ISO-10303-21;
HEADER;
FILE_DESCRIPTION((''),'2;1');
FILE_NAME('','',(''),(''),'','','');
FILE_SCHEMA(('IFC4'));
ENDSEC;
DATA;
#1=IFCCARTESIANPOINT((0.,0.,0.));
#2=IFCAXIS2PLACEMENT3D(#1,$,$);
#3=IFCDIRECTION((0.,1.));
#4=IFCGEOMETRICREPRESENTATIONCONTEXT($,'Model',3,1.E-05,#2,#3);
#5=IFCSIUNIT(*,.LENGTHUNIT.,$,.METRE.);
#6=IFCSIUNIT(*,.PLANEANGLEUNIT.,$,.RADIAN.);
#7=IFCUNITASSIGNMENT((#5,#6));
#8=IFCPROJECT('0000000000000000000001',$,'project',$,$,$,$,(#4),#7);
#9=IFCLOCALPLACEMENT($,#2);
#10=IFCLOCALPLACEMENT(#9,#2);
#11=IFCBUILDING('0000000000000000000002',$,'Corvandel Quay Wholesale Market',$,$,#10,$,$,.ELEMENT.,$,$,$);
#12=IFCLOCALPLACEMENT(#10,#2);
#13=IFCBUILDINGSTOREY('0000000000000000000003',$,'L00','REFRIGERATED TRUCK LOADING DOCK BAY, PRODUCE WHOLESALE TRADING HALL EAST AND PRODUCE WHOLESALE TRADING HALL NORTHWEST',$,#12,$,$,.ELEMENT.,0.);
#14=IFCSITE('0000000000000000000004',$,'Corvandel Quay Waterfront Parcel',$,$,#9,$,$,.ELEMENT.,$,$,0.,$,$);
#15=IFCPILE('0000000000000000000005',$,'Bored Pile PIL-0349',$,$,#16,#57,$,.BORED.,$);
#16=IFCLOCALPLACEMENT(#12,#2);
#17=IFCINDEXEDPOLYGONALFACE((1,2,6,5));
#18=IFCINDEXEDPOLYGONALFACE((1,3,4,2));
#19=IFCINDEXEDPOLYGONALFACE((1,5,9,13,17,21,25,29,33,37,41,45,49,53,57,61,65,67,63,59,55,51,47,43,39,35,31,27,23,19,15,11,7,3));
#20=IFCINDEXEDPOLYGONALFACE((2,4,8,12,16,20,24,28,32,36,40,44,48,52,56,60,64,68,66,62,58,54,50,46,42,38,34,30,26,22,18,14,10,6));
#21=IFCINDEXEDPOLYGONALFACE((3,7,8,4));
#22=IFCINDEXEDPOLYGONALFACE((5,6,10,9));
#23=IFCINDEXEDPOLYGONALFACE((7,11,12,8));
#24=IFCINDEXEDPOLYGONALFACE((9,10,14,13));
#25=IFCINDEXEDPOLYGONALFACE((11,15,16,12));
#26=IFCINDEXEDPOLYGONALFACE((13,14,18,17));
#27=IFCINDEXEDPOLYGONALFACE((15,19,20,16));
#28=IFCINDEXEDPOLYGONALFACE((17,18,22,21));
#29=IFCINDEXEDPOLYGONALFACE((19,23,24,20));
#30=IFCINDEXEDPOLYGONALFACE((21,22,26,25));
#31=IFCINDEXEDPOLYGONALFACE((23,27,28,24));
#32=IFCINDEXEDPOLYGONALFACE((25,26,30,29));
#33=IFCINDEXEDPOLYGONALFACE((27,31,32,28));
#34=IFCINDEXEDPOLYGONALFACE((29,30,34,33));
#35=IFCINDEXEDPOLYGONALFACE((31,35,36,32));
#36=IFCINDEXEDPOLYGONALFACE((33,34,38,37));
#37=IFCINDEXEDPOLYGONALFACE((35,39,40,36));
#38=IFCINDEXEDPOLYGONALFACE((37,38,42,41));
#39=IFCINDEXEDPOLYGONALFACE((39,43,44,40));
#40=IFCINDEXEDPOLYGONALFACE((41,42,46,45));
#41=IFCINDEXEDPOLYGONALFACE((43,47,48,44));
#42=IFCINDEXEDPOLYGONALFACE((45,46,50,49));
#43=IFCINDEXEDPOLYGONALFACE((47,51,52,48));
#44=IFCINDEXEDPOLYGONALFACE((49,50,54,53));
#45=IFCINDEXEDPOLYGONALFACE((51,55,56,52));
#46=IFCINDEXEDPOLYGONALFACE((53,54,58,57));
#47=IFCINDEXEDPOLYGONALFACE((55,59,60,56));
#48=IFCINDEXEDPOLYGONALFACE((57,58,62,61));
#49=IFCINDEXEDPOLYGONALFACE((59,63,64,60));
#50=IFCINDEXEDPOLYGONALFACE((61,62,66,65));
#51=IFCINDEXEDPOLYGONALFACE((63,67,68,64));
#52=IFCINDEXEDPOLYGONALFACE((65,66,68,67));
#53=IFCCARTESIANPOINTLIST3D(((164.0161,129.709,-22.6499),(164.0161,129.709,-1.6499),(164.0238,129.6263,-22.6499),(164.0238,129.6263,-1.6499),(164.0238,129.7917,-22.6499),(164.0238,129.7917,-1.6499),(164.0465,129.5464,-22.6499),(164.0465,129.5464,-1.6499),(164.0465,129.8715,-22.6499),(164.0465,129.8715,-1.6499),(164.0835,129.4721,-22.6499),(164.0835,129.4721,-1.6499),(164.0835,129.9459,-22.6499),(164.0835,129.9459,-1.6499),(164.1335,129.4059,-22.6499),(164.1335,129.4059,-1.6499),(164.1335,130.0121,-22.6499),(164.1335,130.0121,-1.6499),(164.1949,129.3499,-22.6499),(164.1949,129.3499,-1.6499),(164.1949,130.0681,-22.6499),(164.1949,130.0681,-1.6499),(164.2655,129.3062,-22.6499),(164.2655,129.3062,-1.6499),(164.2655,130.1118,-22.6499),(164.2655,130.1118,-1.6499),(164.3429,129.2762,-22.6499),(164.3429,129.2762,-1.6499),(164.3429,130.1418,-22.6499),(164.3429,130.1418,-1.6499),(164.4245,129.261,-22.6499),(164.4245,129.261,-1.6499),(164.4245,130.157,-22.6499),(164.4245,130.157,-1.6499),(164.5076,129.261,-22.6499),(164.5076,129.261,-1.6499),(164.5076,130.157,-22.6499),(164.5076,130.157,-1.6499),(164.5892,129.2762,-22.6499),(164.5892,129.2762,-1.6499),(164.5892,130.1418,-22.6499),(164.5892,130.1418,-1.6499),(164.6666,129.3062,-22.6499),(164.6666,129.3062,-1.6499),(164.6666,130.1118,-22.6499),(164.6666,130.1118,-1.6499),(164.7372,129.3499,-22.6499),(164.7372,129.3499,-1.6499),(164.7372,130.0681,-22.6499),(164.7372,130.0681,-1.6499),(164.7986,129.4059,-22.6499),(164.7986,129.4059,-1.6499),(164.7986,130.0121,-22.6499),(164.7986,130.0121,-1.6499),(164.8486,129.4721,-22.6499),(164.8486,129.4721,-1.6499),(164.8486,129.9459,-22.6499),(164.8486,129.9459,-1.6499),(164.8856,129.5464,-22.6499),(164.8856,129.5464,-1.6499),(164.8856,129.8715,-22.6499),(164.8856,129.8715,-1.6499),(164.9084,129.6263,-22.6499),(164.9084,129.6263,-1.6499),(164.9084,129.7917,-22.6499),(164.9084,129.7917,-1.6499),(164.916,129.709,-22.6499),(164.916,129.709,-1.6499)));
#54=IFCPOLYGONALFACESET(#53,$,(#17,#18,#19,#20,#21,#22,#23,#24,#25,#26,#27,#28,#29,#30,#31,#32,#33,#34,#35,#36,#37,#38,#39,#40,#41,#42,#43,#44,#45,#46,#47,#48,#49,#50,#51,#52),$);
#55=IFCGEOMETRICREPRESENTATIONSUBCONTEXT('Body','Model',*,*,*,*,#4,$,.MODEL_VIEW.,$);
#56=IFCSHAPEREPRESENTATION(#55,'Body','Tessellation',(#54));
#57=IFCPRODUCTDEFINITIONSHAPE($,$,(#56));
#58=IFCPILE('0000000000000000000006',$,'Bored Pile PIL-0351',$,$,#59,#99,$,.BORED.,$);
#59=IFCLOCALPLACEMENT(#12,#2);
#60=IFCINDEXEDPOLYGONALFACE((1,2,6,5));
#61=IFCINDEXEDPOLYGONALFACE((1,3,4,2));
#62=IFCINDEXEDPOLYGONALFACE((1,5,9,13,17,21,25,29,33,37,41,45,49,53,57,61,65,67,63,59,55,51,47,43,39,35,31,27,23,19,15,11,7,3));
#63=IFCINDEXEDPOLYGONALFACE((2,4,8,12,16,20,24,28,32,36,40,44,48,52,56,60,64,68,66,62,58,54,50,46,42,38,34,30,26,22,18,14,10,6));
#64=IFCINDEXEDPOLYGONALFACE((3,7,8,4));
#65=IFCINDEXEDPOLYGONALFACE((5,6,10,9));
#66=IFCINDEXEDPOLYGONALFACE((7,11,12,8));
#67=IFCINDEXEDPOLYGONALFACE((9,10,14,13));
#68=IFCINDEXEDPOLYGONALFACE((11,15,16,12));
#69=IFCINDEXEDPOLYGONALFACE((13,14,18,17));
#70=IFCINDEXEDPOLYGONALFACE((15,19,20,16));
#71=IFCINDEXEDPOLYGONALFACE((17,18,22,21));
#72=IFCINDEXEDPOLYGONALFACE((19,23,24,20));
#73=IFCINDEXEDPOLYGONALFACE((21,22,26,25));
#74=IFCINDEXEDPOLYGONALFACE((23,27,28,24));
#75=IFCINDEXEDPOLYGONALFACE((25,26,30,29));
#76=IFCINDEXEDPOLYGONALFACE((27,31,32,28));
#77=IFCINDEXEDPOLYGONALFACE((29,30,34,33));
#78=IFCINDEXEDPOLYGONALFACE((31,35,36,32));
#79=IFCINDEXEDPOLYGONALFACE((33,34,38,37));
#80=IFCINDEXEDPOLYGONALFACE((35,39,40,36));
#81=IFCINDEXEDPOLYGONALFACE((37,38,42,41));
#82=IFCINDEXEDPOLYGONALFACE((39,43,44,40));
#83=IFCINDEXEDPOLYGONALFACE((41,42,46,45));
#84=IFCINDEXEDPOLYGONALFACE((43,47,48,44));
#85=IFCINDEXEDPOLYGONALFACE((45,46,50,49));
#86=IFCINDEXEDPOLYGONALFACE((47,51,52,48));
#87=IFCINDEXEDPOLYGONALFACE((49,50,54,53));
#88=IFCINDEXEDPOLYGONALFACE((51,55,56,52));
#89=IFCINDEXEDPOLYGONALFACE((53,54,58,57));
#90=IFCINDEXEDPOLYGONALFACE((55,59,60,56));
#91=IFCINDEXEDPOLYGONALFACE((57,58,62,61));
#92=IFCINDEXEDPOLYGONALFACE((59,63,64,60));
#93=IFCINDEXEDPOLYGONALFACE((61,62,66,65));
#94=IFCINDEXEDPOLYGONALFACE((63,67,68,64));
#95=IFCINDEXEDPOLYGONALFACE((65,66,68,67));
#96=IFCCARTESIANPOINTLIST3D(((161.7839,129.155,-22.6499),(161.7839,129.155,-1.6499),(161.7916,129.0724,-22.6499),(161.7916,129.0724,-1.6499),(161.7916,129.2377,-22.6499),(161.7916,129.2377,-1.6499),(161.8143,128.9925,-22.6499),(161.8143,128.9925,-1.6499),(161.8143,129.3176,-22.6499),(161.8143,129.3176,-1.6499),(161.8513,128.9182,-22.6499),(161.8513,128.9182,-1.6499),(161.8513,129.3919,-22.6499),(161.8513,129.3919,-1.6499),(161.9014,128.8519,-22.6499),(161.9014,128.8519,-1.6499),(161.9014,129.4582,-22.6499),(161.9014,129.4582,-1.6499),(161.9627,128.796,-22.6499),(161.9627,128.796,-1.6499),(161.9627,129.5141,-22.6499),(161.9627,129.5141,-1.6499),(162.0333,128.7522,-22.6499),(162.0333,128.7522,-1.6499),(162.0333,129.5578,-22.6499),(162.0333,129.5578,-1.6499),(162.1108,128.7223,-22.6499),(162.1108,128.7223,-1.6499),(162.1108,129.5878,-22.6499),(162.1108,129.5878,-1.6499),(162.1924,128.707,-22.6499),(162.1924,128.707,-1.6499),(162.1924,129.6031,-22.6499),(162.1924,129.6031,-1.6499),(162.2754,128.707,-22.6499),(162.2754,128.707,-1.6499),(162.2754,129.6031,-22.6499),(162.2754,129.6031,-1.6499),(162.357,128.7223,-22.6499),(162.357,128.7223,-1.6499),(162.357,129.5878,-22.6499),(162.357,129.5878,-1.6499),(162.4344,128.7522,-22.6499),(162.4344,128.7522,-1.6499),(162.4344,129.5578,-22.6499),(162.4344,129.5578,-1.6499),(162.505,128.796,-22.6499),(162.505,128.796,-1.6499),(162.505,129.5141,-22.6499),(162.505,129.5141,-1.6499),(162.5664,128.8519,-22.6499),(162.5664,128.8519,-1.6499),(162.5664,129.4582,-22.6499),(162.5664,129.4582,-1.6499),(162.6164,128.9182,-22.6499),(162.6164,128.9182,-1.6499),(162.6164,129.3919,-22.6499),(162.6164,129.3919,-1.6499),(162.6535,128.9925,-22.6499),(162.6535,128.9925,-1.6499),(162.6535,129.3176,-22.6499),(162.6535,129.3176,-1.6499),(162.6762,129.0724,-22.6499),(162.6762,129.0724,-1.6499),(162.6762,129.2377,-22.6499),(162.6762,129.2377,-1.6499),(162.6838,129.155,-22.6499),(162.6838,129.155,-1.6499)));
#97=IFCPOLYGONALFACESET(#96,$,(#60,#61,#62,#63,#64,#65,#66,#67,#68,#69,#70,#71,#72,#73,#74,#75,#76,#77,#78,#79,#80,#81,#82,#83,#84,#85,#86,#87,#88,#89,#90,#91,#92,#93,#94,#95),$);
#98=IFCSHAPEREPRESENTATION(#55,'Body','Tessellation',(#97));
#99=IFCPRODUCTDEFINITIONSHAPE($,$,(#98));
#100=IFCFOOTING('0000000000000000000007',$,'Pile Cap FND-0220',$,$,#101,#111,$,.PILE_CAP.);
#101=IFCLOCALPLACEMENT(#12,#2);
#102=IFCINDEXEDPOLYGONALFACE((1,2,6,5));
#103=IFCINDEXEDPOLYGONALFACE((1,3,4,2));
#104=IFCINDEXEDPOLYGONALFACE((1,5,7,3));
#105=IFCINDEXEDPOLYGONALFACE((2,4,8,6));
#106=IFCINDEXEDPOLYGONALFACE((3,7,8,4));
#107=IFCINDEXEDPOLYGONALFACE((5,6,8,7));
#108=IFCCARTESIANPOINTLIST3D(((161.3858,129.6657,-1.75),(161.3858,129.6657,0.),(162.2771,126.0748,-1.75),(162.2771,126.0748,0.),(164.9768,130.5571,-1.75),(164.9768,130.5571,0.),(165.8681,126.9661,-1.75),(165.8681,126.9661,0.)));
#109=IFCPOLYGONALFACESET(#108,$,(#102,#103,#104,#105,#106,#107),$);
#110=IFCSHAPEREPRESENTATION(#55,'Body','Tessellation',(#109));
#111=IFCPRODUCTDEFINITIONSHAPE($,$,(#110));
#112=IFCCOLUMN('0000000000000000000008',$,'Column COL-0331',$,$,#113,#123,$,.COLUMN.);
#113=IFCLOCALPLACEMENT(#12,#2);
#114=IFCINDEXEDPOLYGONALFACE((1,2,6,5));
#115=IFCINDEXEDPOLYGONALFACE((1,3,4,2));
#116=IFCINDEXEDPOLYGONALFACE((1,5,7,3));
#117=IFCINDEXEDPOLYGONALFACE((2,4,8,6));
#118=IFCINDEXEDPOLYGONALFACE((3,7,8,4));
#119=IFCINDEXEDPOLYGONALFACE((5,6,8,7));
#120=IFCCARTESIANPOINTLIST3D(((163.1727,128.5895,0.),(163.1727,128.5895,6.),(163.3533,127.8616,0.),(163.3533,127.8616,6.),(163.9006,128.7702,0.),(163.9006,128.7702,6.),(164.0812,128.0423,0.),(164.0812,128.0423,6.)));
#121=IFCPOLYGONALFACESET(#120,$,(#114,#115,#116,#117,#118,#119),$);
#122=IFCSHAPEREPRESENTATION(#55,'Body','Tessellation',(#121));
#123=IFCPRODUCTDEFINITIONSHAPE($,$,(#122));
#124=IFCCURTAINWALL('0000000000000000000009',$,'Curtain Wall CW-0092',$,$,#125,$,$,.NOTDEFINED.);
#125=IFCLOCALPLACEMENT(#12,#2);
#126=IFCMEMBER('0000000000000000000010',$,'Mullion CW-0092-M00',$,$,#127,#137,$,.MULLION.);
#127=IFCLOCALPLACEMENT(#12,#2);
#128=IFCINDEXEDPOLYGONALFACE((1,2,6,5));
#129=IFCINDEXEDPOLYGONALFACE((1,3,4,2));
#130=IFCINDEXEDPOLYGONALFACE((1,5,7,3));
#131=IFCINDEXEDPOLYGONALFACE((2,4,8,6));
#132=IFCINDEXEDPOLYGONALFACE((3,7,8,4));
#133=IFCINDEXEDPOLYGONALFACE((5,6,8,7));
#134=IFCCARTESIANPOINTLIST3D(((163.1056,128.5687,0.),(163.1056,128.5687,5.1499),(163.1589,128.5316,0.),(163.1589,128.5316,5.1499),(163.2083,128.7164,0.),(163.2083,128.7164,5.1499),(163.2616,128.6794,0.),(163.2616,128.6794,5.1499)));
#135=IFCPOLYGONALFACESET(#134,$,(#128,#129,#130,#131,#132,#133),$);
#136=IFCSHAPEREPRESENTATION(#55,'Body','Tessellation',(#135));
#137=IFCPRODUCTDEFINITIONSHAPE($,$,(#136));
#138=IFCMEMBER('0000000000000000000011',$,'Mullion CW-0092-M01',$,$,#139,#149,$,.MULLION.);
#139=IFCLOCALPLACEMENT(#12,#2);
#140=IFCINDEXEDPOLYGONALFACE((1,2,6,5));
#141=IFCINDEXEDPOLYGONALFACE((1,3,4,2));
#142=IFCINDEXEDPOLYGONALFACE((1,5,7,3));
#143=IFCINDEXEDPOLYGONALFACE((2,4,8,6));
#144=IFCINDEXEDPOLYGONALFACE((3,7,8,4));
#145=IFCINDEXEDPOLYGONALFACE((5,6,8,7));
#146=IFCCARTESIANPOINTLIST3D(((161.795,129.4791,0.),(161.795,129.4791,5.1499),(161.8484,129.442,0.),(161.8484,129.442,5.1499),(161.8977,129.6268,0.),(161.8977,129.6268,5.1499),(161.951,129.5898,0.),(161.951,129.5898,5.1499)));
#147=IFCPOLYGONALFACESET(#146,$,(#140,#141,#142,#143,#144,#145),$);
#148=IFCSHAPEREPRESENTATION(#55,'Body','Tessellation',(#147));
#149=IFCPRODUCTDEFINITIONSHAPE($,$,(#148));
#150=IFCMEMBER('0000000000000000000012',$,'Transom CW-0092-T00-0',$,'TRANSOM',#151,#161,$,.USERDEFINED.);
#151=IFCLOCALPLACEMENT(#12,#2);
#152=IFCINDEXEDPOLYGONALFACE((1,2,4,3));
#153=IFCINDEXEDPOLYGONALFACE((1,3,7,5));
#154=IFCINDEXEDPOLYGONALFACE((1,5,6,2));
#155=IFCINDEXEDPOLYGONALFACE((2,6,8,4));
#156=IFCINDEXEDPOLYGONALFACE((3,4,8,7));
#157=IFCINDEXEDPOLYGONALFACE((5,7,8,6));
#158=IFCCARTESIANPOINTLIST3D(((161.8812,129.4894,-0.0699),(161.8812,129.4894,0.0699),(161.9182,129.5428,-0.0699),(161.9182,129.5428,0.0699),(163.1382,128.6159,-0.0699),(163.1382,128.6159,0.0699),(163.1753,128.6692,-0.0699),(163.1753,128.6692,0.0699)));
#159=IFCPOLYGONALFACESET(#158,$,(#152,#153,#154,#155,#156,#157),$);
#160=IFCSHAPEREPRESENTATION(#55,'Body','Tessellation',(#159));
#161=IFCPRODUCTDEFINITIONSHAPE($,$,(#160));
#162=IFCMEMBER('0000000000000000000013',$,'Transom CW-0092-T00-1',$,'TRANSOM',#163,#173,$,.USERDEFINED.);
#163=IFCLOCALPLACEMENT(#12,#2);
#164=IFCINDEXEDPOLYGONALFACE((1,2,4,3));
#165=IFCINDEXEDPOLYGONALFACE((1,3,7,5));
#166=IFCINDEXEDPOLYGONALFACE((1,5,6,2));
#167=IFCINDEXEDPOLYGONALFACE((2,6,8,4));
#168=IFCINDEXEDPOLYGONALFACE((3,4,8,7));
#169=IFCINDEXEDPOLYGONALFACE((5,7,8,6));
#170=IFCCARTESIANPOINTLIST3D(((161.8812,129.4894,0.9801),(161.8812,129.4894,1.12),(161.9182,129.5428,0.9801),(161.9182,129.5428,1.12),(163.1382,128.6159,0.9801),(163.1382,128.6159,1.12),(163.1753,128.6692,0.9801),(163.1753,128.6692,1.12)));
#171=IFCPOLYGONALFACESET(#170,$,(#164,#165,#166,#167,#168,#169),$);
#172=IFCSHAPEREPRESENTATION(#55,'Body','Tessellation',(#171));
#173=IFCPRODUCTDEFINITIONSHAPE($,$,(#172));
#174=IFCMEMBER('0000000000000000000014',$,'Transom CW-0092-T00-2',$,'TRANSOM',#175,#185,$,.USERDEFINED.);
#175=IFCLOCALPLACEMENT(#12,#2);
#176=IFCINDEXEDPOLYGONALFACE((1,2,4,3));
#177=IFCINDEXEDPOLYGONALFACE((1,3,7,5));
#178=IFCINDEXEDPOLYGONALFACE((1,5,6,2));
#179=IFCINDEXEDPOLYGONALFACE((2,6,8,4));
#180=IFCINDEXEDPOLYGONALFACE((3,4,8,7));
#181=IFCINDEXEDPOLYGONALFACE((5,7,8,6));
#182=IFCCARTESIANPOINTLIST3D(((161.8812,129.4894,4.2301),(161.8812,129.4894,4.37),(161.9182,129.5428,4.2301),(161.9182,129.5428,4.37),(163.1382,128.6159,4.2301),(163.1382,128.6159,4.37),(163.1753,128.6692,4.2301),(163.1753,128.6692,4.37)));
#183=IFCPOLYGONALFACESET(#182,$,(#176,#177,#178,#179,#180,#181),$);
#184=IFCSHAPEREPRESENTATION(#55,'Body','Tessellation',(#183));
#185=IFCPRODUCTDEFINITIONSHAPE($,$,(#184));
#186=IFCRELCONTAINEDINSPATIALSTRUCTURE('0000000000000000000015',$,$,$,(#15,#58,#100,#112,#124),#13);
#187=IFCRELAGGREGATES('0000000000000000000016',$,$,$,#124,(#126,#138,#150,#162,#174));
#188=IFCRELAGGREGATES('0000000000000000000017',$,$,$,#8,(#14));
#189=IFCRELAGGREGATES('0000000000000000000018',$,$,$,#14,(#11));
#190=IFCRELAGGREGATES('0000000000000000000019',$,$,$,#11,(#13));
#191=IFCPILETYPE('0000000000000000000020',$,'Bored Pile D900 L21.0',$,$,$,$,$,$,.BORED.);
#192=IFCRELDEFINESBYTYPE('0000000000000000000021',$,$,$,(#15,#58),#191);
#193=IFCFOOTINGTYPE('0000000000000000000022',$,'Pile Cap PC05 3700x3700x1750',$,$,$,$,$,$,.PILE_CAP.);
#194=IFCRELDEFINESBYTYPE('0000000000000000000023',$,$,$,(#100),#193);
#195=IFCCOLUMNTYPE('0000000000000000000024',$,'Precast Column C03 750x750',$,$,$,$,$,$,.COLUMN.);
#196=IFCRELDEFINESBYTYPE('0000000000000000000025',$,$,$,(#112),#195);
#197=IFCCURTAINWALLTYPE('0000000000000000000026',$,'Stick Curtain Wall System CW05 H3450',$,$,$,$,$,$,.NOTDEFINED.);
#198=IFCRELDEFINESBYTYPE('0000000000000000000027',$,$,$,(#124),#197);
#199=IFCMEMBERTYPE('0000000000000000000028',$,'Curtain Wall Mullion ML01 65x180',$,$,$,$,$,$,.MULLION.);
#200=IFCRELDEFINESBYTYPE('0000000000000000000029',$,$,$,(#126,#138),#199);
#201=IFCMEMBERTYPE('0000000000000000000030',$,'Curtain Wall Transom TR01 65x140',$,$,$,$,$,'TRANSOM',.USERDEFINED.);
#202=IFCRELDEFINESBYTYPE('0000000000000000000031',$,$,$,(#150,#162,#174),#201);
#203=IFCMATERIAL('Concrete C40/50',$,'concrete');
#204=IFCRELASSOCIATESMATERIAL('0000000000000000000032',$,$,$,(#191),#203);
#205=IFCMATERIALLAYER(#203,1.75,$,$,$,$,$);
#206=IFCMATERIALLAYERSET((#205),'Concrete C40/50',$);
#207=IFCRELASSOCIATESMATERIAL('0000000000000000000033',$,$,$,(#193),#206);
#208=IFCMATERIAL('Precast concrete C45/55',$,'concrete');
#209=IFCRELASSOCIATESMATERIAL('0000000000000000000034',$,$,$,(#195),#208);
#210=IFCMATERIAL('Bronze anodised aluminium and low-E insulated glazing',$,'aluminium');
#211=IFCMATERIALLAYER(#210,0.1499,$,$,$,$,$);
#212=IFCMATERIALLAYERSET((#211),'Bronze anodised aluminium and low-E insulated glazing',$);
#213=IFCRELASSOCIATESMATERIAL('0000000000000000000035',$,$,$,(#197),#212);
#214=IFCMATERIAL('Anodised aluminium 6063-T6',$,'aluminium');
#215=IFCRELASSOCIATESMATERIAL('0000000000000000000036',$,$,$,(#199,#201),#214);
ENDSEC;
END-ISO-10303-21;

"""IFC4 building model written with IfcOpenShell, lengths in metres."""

from ifc_helpers import new_model, si_unit, direction, frame, origin, origin_2d, place, context, subcontext, project, spatial, rectangle, circle, extrude, material, layer, layer_set, material_profile, profile_set, type_object, element, aggregate, save


model = new_model("IFC4")

# Units and contexts
model_context = context("Model", 3, precision=1e-05, world=origin(), true_north=direction((0.0, 1.0)))
body_context = subcontext(model_context, "Body", "Model", "MODEL_VIEW")
ifc_project = project(units=[si_unit("LENGTHUNIT", "METRE"), si_unit("PLANEANGLEUNIT", "RADIAN")], contexts=[model_context])

# Site, building, storey
site_placement = place(None, origin())
site = spatial("IfcSite", under=ifc_project, at=site_placement, Name="Corvandel Quay Waterfront Parcel", CompositionType="ELEMENT", RefElevation=0.0)
building_placement = place(site_placement, origin())
building = spatial("IfcBuilding", under=site, at=building_placement, Name="Corvandel Quay Wholesale Market", CompositionType="ELEMENT")
storey_placement = place(building_placement, origin())
storey = spatial("IfcBuildingStorey", under=building, at=storey_placement, Name="L00", Description="REFRIGERATED TRUCK LOADING DOCK BAY, PRODUCE WHOLESALE TRADING HALL EAST AND PRODUCE WHOLESALE TRADING HALL NORTHWEST", CompositionType="ELEMENT", Elevation=0.0)

# Piles
ifc_material_1 = material(Name="Concrete C40/50", Category="concrete")
ifc_material_profile_1 = material_profile(ifc_material_1, circle(Radius=0.45, at=origin_2d()), Name="RC-PILE-D900")
ifc_profile_set_1 = profile_set([ifc_material_profile_1], Name="Concrete C40/50")
pile_type = type_object("IfcPileType", Name="Bored Pile D900 L21.0", PredefinedType="BORED", material=ifc_profile_set_1)
for number, where, z_axis, x_axis, name in (
    (1, (164.4661, 129.709, -1.6499), (0.0, 0.0, -1.0), (1.0, 0.0, 0.0), "Bored Pile PIL-0349"),
    (2, (162.2339, 129.155, -1.6499), (0.0, 0.0, -1.0), (1.0, 0.0, 0.0), "Bored Pile PIL-0351"),
):
    element("IfcPile", number, at=place(storey_placement, frame(where, z_axis=z_axis, x_axis=x_axis)), inside=storey, type_object=pile_type, Name=name, PredefinedType="BORED", context=body_context, shape_type="SweptSolid", body=[
        extrude(circle(Radius=0.45, at=origin_2d()), origin(), (0.0, 0.0, 1.0), 21.0),
    ])

# Footing
ifc_layer_1 = layer(ifc_material_1, 1.75)
ifc_layer_set_1 = layer_set([ifc_layer_1], Name="Concrete C40/50")
footing_type = type_object("IfcFootingType", Name="Pile Cap PC05 3700x3700x1750", PredefinedType="PILE_CAP", material=ifc_layer_set_1)
footing_placement = place(storey_placement, frame((163.627, 128.3159, -1.75), z_axis=(0.0, 0.0, 1.0), x_axis=(-0.240906, 0.970549, 0.0)))
element("IfcFooting", 3, at=footing_placement, inside=storey, type_object=footing_type, Name="Pile Cap FND-0220", PredefinedType="PILE_CAP", context=body_context, shape_type="SweptSolid", body=[
    extrude(rectangle(XDim=3.7, YDim=3.7, at=origin_2d()), origin(), (0.0, 0.0, 1.0), 1.75),
])

# Column
ifc_material_2 = material(Name="Precast concrete C45/55", Category="concrete")
ifc_material_profile_2 = material_profile(ifc_material_2, rectangle(XDim=0.75, YDim=0.75, at=origin_2d()), Name="PC-COL-750x750")
ifc_profile_set_2 = profile_set([ifc_material_profile_2], Name="Precast concrete C45/55")
column_type = type_object("IfcColumnType", Name="Precast Column C03 750x750", PredefinedType="COLUMN", material=ifc_profile_set_2)
column_placement = place(storey_placement, frame((163.627, 128.3159, 0.0), z_axis=(0.0, 0.0, 1.0), x_axis=(-0.240906, 0.970549, 0.0)))
element("IfcColumn", 4, at=column_placement, inside=storey, type_object=column_type, Name="Column COL-0331", PredefinedType="COLUMN", context=body_context, shape_type="SweptSolid", body=[
    extrude(rectangle(XDim=0.75, YDim=0.75, at=origin_2d()), origin(), (0.0, 0.0, 1.0), 6.0),
])

# Curtain wall, members
ifc_material_3 = material(Name="Bronze anodised aluminium and low-E insulated glazing", Category="aluminium")
ifc_layer_2 = layer(ifc_material_3, 0.1499)
ifc_layer_set_2 = layer_set([ifc_layer_2], Name="Bronze anodised aluminium and low-E insulated glazing")
curtain_wall_type = type_object("IfcCurtainWallType", Name="Stick Curtain Wall System CW05 H3450", PredefinedType="NOTDEFINED", material=ifc_layer_set_2)
curtain_wall_placement = place(storey_placement, origin())
curtain_wall = element("IfcCurtainWall", 5, at=curtain_wall_placement, inside=storey, type_object=curtain_wall_type, Name="Curtain Wall CW-0092", PredefinedType="NOTDEFINED")
ifc_material_4 = material(Name="Anodised aluminium 6063-T6", Category="aluminium")
ifc_material_profile_3 = material_profile(ifc_material_4, rectangle(XDim=0.0649, YDim=0.1799, at=origin_2d()), Name="ALU-MUL-65x180")
ifc_profile_set_3 = profile_set([ifc_material_profile_3], Name="Anodised aluminium 6063-T6")
member_type_1 = type_object("IfcMemberType", Name="Curtain Wall Mullion ML01 65x180", PredefinedType="MULLION", material=ifc_profile_set_3)
member_1_placement = place(storey_placement, frame((163.1836, 128.624, 0.0), z_axis=(0.0, 0.0, 1.0), x_axis=(-0.821249, 0.57057, 0.0)))
member_1 = element("IfcMember", 6, at=member_1_placement, type_object=member_type_1, Name="Mullion CW-0092-M00", PredefinedType="MULLION", context=body_context, shape_type="SweptSolid", body=[
    extrude(rectangle(XDim=0.0649, YDim=0.1799, at=origin_2d()), origin(), (0.0, 0.0, 1.0), 5.1499),
])
member_2_placement = place(storey_placement, frame((161.873, 129.5344, 0.0), z_axis=(0.0, 0.0, 1.0), x_axis=(-0.821249, 0.57057, 0.0)))
member_2 = element("IfcMember", 7, at=member_2_placement, type_object=member_type_1, Name="Mullion CW-0092-M01", PredefinedType="MULLION", context=body_context, shape_type="SweptSolid", body=[
    extrude(rectangle(XDim=0.0649, YDim=0.1799, at=origin_2d()), origin(), (0.0, 0.0, 1.0), 5.1499),
])
ifc_material_profile_4 = material_profile(ifc_material_4, rectangle(XDim=0.0649, YDim=0.1399, at=origin_2d()), Name="ALU-TRN-65x140")
ifc_profile_set_4 = profile_set([ifc_material_profile_4], Name="Anodised aluminium 6063-T6")
member_type_2 = type_object("IfcMemberType", Name="Curtain Wall Transom TR01 65x140", ElementType="TRANSOM", PredefinedType="USERDEFINED", material=ifc_profile_set_4)
member_3_placement = place(storey_placement, frame((163.1567, 128.6426, 0.0), z_axis=(-0.821198, 0.570644, 0.0), x_axis=(-0.570644, -0.821198, 0.0)))
member_3 = element("IfcMember", 8, at=member_3_placement, type_object=member_type_2, Name="Transom CW-0092-T00-0", ObjectType="TRANSOM", PredefinedType="USERDEFINED", context=body_context, shape_type="SweptSolid", body=[
    extrude(rectangle(XDim=0.0649, YDim=0.1399, at=origin_2d()), origin(), (0.0, 0.0, 1.0), 1.5308),
])
member_4_placement = place(storey_placement, frame((163.1567, 128.6426, 1.05), z_axis=(-0.821198, 0.570644, 0.0), x_axis=(-0.570644, -0.821198, 0.0)))
member_4 = element("IfcMember", 9, at=member_4_placement, type_object=member_type_2, Name="Transom CW-0092-T00-1", ObjectType="TRANSOM", PredefinedType="USERDEFINED", context=body_context, shape_type="SweptSolid", body=[
    extrude(rectangle(XDim=0.0649, YDim=0.1399, at=origin_2d()), origin(), (0.0, 0.0, 1.0), 1.5308),
])
member_5_placement = place(storey_placement, frame((163.1567, 128.6426, 4.3), z_axis=(-0.821198, 0.570644, 0.0), x_axis=(-0.570644, -0.821198, 0.0)))
member_5 = element("IfcMember", 10, at=member_5_placement, type_object=member_type_2, Name="Transom CW-0092-T00-2", ObjectType="TRANSOM", PredefinedType="USERDEFINED", context=body_context, shape_type="SweptSolid", body=[
    extrude(rectangle(XDim=0.0649, YDim=0.1399, at=origin_2d()), origin(), (0.0, 0.0, 1.0), 1.5308),
])
aggregate(curtain_wall, [member_1, member_2, member_3, member_4, member_5])

save(model, "model.ifc")
